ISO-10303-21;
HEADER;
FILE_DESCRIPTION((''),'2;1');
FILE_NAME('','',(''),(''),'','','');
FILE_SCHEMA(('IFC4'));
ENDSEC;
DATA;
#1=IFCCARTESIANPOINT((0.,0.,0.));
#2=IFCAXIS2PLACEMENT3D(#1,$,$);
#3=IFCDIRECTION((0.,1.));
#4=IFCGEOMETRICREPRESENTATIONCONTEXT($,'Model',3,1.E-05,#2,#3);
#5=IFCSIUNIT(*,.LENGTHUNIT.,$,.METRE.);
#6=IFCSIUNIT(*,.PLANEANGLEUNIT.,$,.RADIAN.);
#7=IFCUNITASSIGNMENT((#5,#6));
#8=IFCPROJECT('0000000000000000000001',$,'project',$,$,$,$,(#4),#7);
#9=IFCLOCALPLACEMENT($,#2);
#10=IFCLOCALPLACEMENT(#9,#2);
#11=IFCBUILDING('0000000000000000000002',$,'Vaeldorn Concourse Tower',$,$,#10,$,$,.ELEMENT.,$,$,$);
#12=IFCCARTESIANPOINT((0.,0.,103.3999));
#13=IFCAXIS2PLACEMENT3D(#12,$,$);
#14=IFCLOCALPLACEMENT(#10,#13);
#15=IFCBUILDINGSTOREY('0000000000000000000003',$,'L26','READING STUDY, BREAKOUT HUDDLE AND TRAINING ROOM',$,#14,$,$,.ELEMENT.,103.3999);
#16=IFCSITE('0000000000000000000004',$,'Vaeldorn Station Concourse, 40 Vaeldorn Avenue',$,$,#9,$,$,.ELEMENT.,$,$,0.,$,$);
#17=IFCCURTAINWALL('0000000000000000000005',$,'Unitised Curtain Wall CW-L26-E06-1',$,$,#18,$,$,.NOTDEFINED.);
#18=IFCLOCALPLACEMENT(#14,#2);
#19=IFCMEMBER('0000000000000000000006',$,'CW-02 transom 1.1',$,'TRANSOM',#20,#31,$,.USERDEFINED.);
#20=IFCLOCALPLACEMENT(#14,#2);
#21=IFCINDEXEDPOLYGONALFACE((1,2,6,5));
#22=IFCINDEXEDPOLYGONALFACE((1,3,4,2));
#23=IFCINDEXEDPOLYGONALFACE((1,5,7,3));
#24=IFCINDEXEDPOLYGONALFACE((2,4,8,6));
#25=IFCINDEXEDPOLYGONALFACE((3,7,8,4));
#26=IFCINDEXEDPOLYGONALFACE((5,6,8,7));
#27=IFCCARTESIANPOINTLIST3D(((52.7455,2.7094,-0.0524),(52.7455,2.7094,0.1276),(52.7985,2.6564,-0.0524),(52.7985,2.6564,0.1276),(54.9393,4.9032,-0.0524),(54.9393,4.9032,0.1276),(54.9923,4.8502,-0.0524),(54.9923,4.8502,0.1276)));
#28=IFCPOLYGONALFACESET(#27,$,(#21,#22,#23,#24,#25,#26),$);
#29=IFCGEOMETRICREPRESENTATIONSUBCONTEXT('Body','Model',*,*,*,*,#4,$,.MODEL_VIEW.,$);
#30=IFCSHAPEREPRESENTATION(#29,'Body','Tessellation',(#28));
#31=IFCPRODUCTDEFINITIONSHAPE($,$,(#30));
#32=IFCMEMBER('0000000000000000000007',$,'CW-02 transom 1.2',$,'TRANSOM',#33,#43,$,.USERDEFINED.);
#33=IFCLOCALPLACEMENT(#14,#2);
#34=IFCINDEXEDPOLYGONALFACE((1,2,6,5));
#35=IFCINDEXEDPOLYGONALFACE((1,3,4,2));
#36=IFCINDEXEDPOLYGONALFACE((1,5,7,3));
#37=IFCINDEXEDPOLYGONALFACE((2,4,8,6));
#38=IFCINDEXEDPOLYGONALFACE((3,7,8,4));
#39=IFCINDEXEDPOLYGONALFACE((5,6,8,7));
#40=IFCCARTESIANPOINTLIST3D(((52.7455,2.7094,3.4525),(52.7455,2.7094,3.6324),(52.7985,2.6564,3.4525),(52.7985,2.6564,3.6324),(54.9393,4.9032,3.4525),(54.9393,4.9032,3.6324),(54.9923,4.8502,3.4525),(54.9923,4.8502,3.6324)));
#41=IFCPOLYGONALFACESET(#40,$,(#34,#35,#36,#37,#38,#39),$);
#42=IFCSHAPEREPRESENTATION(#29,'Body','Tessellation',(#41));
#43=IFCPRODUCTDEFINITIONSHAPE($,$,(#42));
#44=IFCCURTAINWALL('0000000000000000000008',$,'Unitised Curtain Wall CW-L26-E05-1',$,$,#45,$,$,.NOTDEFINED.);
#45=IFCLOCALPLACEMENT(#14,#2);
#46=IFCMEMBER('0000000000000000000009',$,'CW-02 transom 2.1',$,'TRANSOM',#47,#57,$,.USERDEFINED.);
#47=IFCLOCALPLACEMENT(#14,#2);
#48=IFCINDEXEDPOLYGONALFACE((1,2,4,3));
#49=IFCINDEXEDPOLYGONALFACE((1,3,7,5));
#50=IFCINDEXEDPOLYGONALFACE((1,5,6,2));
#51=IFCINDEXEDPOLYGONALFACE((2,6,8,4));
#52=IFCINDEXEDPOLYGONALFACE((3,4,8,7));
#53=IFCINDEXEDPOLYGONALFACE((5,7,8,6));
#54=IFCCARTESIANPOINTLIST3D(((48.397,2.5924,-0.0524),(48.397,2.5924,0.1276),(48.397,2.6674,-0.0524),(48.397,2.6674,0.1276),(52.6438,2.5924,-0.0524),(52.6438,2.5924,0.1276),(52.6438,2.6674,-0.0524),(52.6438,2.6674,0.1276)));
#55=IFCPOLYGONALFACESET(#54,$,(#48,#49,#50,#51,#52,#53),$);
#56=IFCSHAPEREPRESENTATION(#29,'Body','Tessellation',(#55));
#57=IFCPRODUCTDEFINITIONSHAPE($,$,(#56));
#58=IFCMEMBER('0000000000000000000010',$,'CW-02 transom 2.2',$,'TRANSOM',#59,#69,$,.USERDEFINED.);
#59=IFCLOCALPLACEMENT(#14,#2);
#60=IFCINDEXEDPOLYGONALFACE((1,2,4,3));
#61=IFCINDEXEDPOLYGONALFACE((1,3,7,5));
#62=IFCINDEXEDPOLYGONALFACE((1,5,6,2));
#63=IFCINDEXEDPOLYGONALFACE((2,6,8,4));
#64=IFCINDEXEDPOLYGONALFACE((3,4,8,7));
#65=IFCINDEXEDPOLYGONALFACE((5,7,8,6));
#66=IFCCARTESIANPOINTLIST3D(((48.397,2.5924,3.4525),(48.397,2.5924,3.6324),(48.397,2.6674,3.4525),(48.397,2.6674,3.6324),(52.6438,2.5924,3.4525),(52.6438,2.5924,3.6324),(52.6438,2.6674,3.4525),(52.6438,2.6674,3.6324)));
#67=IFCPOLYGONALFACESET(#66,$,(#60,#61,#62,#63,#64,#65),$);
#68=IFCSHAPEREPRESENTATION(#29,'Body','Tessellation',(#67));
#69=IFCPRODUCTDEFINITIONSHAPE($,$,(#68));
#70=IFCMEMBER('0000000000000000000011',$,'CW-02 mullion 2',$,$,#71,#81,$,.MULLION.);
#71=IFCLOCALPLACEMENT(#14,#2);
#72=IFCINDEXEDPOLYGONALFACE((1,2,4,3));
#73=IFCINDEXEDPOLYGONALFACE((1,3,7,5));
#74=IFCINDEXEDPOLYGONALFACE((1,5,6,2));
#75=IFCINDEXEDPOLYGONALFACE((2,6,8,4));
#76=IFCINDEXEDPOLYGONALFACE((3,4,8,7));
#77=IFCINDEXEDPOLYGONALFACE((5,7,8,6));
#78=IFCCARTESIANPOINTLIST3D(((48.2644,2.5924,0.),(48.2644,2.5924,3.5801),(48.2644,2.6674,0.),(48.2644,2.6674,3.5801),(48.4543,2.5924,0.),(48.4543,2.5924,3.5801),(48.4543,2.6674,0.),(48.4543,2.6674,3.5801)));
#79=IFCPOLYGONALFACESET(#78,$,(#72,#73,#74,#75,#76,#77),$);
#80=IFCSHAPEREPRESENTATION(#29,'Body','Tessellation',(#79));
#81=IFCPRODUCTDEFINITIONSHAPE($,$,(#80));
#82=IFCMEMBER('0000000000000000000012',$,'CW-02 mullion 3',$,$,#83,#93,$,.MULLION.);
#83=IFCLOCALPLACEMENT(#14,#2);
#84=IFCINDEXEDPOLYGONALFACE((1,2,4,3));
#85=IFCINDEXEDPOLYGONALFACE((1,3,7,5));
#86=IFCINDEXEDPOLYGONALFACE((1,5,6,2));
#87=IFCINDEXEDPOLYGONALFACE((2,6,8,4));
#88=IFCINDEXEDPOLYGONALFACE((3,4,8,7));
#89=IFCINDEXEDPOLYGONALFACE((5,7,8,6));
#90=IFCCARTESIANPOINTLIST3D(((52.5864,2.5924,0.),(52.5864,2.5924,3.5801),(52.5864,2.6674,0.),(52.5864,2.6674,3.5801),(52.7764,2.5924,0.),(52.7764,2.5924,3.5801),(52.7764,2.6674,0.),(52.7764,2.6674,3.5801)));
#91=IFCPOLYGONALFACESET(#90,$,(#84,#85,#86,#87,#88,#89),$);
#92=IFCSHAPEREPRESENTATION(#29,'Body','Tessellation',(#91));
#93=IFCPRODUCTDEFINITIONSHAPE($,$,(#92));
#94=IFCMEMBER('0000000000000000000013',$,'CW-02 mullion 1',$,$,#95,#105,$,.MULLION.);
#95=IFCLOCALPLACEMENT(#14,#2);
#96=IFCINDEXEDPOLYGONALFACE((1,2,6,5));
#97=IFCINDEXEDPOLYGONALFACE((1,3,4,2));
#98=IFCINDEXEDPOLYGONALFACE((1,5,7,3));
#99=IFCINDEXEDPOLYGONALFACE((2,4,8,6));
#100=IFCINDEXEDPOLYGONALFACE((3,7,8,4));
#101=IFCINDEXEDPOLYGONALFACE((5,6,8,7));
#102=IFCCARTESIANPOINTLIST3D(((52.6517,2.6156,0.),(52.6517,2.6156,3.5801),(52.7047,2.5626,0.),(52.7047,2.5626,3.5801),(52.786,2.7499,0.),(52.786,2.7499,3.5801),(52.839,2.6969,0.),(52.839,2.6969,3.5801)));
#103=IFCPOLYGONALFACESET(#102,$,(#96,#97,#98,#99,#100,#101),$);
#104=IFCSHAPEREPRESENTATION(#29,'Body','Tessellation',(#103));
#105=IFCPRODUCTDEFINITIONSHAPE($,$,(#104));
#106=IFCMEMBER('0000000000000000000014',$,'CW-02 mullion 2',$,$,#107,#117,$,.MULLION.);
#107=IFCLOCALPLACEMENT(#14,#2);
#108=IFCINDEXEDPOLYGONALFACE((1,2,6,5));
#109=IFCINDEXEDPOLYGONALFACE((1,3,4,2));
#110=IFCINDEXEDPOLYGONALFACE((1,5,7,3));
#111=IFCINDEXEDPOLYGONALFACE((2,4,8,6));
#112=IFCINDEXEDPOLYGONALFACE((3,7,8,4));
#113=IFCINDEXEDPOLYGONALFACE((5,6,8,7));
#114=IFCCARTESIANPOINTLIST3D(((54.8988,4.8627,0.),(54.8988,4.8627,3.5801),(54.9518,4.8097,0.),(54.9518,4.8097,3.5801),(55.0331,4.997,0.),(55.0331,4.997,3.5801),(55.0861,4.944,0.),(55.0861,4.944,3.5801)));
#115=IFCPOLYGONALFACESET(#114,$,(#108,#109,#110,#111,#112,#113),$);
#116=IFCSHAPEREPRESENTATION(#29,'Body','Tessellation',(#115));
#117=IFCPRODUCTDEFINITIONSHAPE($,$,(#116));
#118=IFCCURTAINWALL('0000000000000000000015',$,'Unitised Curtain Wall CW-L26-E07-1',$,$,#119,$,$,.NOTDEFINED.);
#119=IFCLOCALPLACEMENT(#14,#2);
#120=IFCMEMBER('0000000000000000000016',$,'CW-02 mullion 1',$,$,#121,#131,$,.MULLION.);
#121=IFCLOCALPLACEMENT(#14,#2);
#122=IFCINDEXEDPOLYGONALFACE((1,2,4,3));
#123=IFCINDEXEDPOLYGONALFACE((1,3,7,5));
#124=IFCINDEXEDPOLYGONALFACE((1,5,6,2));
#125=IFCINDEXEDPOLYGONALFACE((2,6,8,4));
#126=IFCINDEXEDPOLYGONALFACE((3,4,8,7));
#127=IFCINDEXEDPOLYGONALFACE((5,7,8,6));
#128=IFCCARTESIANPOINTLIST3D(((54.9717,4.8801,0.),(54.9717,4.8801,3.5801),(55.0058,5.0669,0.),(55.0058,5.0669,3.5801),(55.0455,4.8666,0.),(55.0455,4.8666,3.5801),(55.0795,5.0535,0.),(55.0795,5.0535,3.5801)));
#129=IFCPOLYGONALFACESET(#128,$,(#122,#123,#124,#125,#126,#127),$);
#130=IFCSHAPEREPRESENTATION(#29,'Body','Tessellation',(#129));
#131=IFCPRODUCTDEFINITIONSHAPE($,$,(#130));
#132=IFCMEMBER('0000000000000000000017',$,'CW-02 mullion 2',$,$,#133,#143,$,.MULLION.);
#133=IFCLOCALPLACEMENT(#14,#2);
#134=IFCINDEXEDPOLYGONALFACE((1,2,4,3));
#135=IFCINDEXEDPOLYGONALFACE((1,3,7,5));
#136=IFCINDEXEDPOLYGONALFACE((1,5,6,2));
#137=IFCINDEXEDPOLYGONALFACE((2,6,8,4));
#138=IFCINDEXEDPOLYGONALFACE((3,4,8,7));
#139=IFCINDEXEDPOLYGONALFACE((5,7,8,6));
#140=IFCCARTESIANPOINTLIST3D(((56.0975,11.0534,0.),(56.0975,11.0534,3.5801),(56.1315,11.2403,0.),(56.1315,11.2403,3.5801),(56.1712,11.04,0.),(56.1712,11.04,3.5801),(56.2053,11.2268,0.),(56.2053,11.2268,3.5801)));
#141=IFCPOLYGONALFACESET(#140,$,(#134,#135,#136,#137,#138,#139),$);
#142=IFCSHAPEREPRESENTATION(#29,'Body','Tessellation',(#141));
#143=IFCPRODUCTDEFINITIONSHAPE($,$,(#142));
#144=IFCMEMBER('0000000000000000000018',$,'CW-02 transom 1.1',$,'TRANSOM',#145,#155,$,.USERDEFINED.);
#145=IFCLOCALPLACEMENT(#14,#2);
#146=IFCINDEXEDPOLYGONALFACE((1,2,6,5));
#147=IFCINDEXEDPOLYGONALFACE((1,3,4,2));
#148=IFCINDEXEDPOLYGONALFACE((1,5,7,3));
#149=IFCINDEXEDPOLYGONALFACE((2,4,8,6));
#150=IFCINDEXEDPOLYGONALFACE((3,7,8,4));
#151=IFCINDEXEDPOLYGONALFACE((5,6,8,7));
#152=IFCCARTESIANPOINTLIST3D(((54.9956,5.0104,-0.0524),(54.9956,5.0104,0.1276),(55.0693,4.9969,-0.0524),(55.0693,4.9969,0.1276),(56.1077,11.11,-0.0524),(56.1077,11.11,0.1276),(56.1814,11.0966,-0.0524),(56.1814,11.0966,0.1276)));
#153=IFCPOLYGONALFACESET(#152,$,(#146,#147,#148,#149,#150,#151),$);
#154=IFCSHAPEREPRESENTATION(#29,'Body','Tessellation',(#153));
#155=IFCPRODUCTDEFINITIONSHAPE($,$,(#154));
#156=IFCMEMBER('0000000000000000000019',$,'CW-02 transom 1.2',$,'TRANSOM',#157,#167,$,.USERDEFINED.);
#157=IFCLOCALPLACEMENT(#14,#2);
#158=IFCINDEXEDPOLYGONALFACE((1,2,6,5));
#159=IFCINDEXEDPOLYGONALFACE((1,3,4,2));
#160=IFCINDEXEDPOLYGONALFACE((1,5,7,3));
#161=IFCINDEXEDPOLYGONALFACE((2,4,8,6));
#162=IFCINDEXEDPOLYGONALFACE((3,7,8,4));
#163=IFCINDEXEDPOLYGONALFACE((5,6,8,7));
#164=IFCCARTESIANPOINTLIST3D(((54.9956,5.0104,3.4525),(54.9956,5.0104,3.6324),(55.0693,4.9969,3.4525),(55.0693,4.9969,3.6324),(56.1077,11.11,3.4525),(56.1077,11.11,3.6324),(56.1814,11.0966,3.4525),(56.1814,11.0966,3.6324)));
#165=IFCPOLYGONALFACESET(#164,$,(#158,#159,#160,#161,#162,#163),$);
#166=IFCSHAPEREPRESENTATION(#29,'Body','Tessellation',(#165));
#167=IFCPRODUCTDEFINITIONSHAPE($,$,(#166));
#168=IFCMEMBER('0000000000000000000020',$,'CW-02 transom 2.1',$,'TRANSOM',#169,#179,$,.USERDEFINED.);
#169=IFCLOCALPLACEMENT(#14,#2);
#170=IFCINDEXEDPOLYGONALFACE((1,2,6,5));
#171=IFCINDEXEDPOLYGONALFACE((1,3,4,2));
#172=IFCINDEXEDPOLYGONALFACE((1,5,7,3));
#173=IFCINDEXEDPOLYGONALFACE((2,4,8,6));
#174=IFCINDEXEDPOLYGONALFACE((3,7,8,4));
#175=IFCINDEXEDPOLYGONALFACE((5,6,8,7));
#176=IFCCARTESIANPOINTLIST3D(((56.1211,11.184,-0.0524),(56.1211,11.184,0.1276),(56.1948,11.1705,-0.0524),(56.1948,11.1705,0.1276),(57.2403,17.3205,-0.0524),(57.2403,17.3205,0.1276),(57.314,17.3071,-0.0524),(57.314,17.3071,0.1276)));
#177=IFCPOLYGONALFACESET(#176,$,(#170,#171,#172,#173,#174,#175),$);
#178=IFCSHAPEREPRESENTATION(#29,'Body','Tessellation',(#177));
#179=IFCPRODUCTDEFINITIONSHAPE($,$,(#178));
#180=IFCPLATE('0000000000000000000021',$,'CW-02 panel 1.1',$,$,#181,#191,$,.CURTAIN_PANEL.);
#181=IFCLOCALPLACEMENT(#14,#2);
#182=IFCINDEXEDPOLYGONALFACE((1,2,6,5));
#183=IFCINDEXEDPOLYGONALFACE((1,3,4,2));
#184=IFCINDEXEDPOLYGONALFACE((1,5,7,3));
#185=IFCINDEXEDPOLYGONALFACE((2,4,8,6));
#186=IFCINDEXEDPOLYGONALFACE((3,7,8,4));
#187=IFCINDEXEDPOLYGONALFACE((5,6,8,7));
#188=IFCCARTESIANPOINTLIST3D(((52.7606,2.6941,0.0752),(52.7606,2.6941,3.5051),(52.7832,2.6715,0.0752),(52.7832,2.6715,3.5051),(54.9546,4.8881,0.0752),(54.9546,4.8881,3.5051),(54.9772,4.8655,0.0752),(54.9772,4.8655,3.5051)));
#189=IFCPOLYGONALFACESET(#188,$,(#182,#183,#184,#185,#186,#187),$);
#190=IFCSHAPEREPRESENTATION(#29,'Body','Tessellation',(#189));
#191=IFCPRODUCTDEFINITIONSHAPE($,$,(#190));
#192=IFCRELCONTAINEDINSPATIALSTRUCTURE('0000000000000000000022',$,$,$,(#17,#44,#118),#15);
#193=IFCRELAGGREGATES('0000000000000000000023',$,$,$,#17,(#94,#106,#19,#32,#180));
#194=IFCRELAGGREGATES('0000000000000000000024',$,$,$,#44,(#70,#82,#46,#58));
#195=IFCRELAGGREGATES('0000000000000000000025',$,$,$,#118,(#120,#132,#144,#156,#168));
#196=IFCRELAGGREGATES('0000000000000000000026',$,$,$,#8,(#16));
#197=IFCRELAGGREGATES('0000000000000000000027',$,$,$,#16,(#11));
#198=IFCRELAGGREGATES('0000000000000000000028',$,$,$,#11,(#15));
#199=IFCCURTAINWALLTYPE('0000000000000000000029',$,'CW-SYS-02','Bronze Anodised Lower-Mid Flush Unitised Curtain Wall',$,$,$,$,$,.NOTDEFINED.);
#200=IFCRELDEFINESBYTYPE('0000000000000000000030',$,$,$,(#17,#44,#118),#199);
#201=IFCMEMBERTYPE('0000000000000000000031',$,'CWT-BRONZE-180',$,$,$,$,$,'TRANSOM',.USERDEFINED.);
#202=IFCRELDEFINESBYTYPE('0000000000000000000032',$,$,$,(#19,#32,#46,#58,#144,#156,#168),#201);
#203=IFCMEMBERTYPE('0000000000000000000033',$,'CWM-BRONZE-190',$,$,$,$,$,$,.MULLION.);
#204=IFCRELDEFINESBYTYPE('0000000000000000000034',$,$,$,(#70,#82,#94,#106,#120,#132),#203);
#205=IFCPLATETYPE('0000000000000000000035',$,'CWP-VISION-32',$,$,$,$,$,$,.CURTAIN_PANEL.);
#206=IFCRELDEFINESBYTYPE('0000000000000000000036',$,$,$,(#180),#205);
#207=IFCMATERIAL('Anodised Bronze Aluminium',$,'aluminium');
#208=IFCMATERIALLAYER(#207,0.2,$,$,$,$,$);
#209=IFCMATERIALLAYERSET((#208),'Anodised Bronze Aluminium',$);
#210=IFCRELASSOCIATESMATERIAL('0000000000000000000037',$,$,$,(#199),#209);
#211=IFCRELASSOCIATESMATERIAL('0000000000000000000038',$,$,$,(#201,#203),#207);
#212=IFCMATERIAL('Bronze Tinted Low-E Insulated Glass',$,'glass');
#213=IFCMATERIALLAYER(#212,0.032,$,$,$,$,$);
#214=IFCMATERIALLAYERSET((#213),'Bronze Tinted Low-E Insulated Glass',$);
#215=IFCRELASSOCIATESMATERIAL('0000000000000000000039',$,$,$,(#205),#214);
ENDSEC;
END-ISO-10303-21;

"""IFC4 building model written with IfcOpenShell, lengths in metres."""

from ifc_helpers import new_model, si_unit, direction, frame, origin, origin_2d, place, context, subcontext, project, spatial, rectangle, extrude, source, transform, mapped, material, layer, layer_set, material_profile, profile_set, type_object, element, aggregate, save


model = new_model("IFC4")

# Units and contexts
model_context = context("Model", 3, precision=1e-05, world=origin(), true_north=direction((0.0, 1.0)))
body_context = subcontext(model_context, "Body", "Model", "MODEL_VIEW")
ifc_project = project(units=[si_unit("LENGTHUNIT", "METRE"), si_unit("PLANEANGLEUNIT", "RADIAN")], contexts=[model_context])

# Site, building, storey
site_placement = place(None, origin())
site = spatial("IfcSite", under=ifc_project, at=site_placement, Name="Vaeldorn Station Concourse, 40 Vaeldorn Avenue", CompositionType="ELEMENT", RefElevation=0.0)
building_placement = place(site_placement, origin())
building = spatial("IfcBuilding", under=site, at=building_placement, Name="Vaeldorn Concourse Tower", CompositionType="ELEMENT")
storey_placement = place(building_placement, frame((0.0, 0.0, 103.3999)))
storey = spatial("IfcBuildingStorey", under=building, at=storey_placement, Name="L26", Description="READING STUDY, BREAKOUT HUDDLE AND TRAINING ROOM", CompositionType="ELEMENT", Elevation=103.3999)

# Curtain walls, members
ifc_material_1 = material(Name="Anodised Bronze Aluminium", Category="aluminium")
ifc_layer_1 = layer(ifc_material_1, 0.2)
ifc_layer_set_1 = layer_set([ifc_layer_1], Name="Anodised Bronze Aluminium")
curtain_wall_type = type_object("IfcCurtainWallType", Name="CW-SYS-02", Description="Bronze Anodised Lower-Mid Flush Unitised Curtain Wall", PredefinedType="NOTDEFINED", material=ifc_layer_set_1)
curtain_wall_1_placement = place(storey_placement, origin())
curtain_wall_1 = element("IfcCurtainWall", 1, at=curtain_wall_1_placement, inside=storey, type_object=curtain_wall_type, Name="Unitised Curtain Wall CW-L26-E06-1", PredefinedType="NOTDEFINED")
ifc_material_profile_1 = material_profile(ifc_material_1, rectangle(XDim=0.075, YDim=0.1799, at=origin_2d()), Name="CWT 75x180")
ifc_profile_set_1 = profile_set([ifc_material_profile_1], Name="Anodised Bronze Aluminium")
member_type_1 = type_object("IfcMemberType", Name="CWT-BRONZE-180", ElementType="TRANSOM", PredefinedType="USERDEFINED", material=ifc_profile_set_1)
shared_shape_1 = source(origin(), body_context, "Body", "SweptSolid", [
    extrude(rectangle(XDim=0.075, YDim=0.1799, at=origin_2d()), origin(), (0.0, 0.0, 1.0), 3.1025),
])
member_1_placement = place(storey_placement, frame((52.772, 2.6829, 0.0376), z_axis=(0.707107, 0.707107, 0.0), x_axis=(-0.707107, 0.707107, 0.0)))
member_1 = element("IfcMember", 2, at=member_1_placement, type_object=member_type_1, Name="CW-02 transom 1.1", ObjectType="TRANSOM", PredefinedType="USERDEFINED", context=body_context, shape_type="MappedRepresentation", body=[
    mapped(shared_shape_1, transform((0.0, 0.0, 0.0), scale=1.0)),
])
member_2_placement = place(storey_placement, frame((52.772, 2.6829, 3.5425), z_axis=(0.707107, 0.707107, 0.0), x_axis=(-0.707107, 0.707107, 0.0)))
member_2 = element("IfcMember", 3, at=member_2_placement, type_object=member_type_1, Name="CW-02 transom 1.2", ObjectType="TRANSOM", PredefinedType="USERDEFINED", context=body_context, shape_type="MappedRepresentation", body=[
    mapped(shared_shape_1, transform((0.0, 0.0, 0.0), scale=1.0)),
])
curtain_wall_2_placement = place(storey_placement, origin())
curtain_wall_2 = element("IfcCurtainWall", 4, at=curtain_wall_2_placement, inside=storey, type_object=curtain_wall_type, Name="Unitised Curtain Wall CW-L26-E05-1", PredefinedType="NOTDEFINED")
shared_shape_2 = source(origin(), body_context, "Body", "SweptSolid", [
    extrude(rectangle(XDim=0.075, YDim=0.1799, at=origin_2d()), origin(), (0.0, 0.0, 1.0), 4.2468),
])
member_3_placement = place(storey_placement, frame((48.397, 2.6299, 0.0376), z_axis=(1.0, 0.0, 0.0), x_axis=(0.0, 1.0, 0.0)))
member_3 = element("IfcMember", 5, at=member_3_placement, type_object=member_type_1, Name="CW-02 transom 2.1", ObjectType="TRANSOM", PredefinedType="USERDEFINED", context=body_context, shape_type="MappedRepresentation", body=[
    mapped(shared_shape_2, transform((0.0, 0.0, 0.0), scale=1.0)),
])
member_4_placement = place(storey_placement, frame((48.397, 2.6299, 3.5425), z_axis=(1.0, 0.0, 0.0), x_axis=(0.0, 1.0, 0.0)))
member_4 = element("IfcMember", 6, at=member_4_placement, type_object=member_type_1, Name="CW-02 transom 2.2", ObjectType="TRANSOM", PredefinedType="USERDEFINED", context=body_context, shape_type="MappedRepresentation", body=[
    mapped(shared_shape_2, transform((0.0, 0.0, 0.0), scale=1.0)),
])
ifc_material_profile_2 = material_profile(ifc_material_1, rectangle(XDim=0.075, YDim=0.1899, at=origin_2d()), Name="CWM 75x190")
ifc_profile_set_2 = profile_set([ifc_material_profile_2], Name="Anodised Bronze Aluminium")
member_type_2 = type_object("IfcMemberType", Name="CWM-BRONZE-190", PredefinedType="MULLION", material=ifc_profile_set_2)
shared_shape_3 = source(origin(), body_context, "Body", "SweptSolid", [
    extrude(rectangle(XDim=0.075, YDim=0.1899, at=origin_2d()), origin(), (0.0, 0.0, 1.0), 3.5801),
])
member_5_placement = place(storey_placement, frame((48.3594, 2.6299, 0.0), z_axis=(0.0, 0.0, 1.0), x_axis=(0.0, 1.0, 0.0)))
member_5 = element("IfcMember", 7, at=member_5_placement, type_object=member_type_2, Name="CW-02 mullion 2", PredefinedType="MULLION", context=body_context, shape_type="MappedRepresentation", body=[
    mapped(shared_shape_3, transform((0.0, 0.0, 0.0), scale=1.0)),
])
member_6_placement = place(storey_placement, frame((52.6814, 2.6299, 0.0), z_axis=(0.0, 0.0, 1.0), x_axis=(0.0, 1.0, 0.0)))
member_6 = element("IfcMember", 8, at=member_6_placement, type_object=member_type_2, Name="CW-02 mullion 3", PredefinedType="MULLION", context=body_context, shape_type="MappedRepresentation", body=[
    mapped(shared_shape_3, transform((0.0, 0.0, 0.0), scale=1.0)),
])

# Members
member_7_placement = place(storey_placement, frame((52.7454, 2.6562, 0.0), z_axis=(0.0, 0.0, 1.0), x_axis=(-0.707107, 0.707107, 0.0)))
member_7 = element("IfcMember", 9, at=member_7_placement, type_object=member_type_2, Name="CW-02 mullion 1", PredefinedType="MULLION", context=body_context, shape_type="MappedRepresentation", body=[
    mapped(shared_shape_3, transform((0.0, 0.0, 0.0), scale=1.0)),
])
member_8_placement = place(storey_placement, frame((54.9924, 4.9033, 0.0), z_axis=(0.0, 0.0, 1.0), x_axis=(-0.707107, 0.707107, 0.0)))
member_8 = element("IfcMember", 10, at=member_8_placement, type_object=member_type_2, Name="CW-02 mullion 2", PredefinedType="MULLION", context=body_context, shape_type="MappedRepresentation", body=[
    mapped(shared_shape_3, transform((0.0, 0.0, 0.0), scale=1.0)),
])

# Curtain wall, members
curtain_wall_3_placement = place(storey_placement, origin())
curtain_wall_3 = element("IfcCurtainWall", 11, at=curtain_wall_3_placement, inside=storey, type_object=curtain_wall_type, Name="Unitised Curtain Wall CW-L26-E07-1", PredefinedType="NOTDEFINED")
member_9_placement = place(storey_placement, frame((55.0256, 4.9668, 0.0), z_axis=(0.0, 0.0, 1.0), x_axis=(-0.983779, 0.179384, 0.0)))
member_9 = element("IfcMember", 12, at=member_9_placement, type_object=member_type_2, Name="CW-02 mullion 1", PredefinedType="MULLION", context=body_context, shape_type="MappedRepresentation", body=[
    mapped(shared_shape_3, transform((0.0, 0.0, 0.0), scale=1.0)),
])
member_10_placement = place(storey_placement, frame((56.1514, 11.1401, 0.0), z_axis=(0.0, 0.0, 1.0), x_axis=(-0.983779, 0.179384, 0.0)))
member_10 = element("IfcMember", 13, at=member_10_placement, type_object=member_type_2, Name="CW-02 mullion 2", PredefinedType="MULLION", context=body_context, shape_type="MappedRepresentation", body=[
    mapped(shared_shape_3, transform((0.0, 0.0, 0.0), scale=1.0)),
])
shared_shape_4 = source(origin(), body_context, "Body", "SweptSolid", [
    extrude(rectangle(XDim=0.075, YDim=0.1799, at=origin_2d()), origin(), (0.0, 0.0, 1.0), 6.2002),
])
member_11_placement = place(storey_placement, frame((55.0325, 5.0037, 0.0376), z_axis=(0.17936, 0.983783, 0.0), x_axis=(-0.983783, 0.17936, 0.0)))
member_11 = element("IfcMember", 14, at=member_11_placement, type_object=member_type_1, Name="CW-02 transom 1.1", ObjectType="TRANSOM", PredefinedType="USERDEFINED", context=body_context, shape_type="MappedRepresentation", body=[
    mapped(shared_shape_4, transform((0.0, 0.0, 0.0), scale=1.0)),
])
member_12_placement = place(storey_placement, frame((55.0325, 5.0037, 3.5425), z_axis=(0.17936, 0.983783, 0.0), x_axis=(-0.983783, 0.17936, 0.0)))
member_12 = element("IfcMember", 15, at=member_12_placement, type_object=member_type_1, Name="CW-02 transom 1.2", ObjectType="TRANSOM", PredefinedType="USERDEFINED", context=body_context, shape_type="MappedRepresentation", body=[
    mapped(shared_shape_4, transform((0.0, 0.0, 0.0), scale=1.0)),
])
shared_shape_5 = source(origin(), body_context, "Body", "SweptSolid", [
    extrude(rectangle(XDim=0.075, YDim=0.1799, at=origin_2d()), origin(), (0.0, 0.0, 1.0), 6.2378),
])
member_13_placement = place(storey_placement, frame((56.158, 11.1772, 0.0376), z_axis=(0.179416, 0.983773, 0.0), x_axis=(-0.983773, 0.179416, 0.0)))
member_13 = element("IfcMember", 16, at=member_13_placement, type_object=member_type_1, Name="CW-02 transom 2.1", ObjectType="TRANSOM", PredefinedType="USERDEFINED", context=body_context, shape_type="MappedRepresentation", body=[
    mapped(shared_shape_5, transform((0.0, 0.0, 0.0), scale=1.0)),
])

# Plate
ifc_material_2 = material(Name="Bronze Tinted Low-E Insulated Glass", Category="glass")
ifc_layer_2 = layer(ifc_material_2, 0.032)
ifc_layer_set_2 = layer_set([ifc_layer_2], Name="Bronze Tinted Low-E Insulated Glass")
plate_type = type_object("IfcPlateType", Name="CWP-VISION-32", PredefinedType="CURTAIN_PANEL", material=ifc_layer_set_2)
shared_shape_6 = source(origin(), body_context, "Body", "SweptSolid", [
    extrude(rectangle(XDim=3.1028, YDim=0.032, at=origin_2d()), origin(), (0.0, 0.0, 1.0), 3.4299),
])
plate_1_placement = place(storey_placement, frame((53.8689, 3.7798, 0.0752), z_axis=(0.0, 0.0, 1.0), x_axis=(0.707107, 0.707107, 0.0)))
plate_1 = element("IfcPlate", 17, at=plate_1_placement, type_object=plate_type, Name="CW-02 panel 1.1", PredefinedType="CURTAIN_PANEL", context=body_context, shape_type="MappedRepresentation", body=[
    mapped(shared_shape_6, transform((0.0, 0.0, 0.0), scale=1.0)),
])
aggregate(curtain_wall_1, [member_7, member_8, member_1, member_2, plate_1])
aggregate(curtain_wall_2, [member_5, member_6, member_3, member_4])
aggregate(curtain_wall_3, [member_9, member_10, member_11, member_12, member_13])

save(model, "model.ifc")
